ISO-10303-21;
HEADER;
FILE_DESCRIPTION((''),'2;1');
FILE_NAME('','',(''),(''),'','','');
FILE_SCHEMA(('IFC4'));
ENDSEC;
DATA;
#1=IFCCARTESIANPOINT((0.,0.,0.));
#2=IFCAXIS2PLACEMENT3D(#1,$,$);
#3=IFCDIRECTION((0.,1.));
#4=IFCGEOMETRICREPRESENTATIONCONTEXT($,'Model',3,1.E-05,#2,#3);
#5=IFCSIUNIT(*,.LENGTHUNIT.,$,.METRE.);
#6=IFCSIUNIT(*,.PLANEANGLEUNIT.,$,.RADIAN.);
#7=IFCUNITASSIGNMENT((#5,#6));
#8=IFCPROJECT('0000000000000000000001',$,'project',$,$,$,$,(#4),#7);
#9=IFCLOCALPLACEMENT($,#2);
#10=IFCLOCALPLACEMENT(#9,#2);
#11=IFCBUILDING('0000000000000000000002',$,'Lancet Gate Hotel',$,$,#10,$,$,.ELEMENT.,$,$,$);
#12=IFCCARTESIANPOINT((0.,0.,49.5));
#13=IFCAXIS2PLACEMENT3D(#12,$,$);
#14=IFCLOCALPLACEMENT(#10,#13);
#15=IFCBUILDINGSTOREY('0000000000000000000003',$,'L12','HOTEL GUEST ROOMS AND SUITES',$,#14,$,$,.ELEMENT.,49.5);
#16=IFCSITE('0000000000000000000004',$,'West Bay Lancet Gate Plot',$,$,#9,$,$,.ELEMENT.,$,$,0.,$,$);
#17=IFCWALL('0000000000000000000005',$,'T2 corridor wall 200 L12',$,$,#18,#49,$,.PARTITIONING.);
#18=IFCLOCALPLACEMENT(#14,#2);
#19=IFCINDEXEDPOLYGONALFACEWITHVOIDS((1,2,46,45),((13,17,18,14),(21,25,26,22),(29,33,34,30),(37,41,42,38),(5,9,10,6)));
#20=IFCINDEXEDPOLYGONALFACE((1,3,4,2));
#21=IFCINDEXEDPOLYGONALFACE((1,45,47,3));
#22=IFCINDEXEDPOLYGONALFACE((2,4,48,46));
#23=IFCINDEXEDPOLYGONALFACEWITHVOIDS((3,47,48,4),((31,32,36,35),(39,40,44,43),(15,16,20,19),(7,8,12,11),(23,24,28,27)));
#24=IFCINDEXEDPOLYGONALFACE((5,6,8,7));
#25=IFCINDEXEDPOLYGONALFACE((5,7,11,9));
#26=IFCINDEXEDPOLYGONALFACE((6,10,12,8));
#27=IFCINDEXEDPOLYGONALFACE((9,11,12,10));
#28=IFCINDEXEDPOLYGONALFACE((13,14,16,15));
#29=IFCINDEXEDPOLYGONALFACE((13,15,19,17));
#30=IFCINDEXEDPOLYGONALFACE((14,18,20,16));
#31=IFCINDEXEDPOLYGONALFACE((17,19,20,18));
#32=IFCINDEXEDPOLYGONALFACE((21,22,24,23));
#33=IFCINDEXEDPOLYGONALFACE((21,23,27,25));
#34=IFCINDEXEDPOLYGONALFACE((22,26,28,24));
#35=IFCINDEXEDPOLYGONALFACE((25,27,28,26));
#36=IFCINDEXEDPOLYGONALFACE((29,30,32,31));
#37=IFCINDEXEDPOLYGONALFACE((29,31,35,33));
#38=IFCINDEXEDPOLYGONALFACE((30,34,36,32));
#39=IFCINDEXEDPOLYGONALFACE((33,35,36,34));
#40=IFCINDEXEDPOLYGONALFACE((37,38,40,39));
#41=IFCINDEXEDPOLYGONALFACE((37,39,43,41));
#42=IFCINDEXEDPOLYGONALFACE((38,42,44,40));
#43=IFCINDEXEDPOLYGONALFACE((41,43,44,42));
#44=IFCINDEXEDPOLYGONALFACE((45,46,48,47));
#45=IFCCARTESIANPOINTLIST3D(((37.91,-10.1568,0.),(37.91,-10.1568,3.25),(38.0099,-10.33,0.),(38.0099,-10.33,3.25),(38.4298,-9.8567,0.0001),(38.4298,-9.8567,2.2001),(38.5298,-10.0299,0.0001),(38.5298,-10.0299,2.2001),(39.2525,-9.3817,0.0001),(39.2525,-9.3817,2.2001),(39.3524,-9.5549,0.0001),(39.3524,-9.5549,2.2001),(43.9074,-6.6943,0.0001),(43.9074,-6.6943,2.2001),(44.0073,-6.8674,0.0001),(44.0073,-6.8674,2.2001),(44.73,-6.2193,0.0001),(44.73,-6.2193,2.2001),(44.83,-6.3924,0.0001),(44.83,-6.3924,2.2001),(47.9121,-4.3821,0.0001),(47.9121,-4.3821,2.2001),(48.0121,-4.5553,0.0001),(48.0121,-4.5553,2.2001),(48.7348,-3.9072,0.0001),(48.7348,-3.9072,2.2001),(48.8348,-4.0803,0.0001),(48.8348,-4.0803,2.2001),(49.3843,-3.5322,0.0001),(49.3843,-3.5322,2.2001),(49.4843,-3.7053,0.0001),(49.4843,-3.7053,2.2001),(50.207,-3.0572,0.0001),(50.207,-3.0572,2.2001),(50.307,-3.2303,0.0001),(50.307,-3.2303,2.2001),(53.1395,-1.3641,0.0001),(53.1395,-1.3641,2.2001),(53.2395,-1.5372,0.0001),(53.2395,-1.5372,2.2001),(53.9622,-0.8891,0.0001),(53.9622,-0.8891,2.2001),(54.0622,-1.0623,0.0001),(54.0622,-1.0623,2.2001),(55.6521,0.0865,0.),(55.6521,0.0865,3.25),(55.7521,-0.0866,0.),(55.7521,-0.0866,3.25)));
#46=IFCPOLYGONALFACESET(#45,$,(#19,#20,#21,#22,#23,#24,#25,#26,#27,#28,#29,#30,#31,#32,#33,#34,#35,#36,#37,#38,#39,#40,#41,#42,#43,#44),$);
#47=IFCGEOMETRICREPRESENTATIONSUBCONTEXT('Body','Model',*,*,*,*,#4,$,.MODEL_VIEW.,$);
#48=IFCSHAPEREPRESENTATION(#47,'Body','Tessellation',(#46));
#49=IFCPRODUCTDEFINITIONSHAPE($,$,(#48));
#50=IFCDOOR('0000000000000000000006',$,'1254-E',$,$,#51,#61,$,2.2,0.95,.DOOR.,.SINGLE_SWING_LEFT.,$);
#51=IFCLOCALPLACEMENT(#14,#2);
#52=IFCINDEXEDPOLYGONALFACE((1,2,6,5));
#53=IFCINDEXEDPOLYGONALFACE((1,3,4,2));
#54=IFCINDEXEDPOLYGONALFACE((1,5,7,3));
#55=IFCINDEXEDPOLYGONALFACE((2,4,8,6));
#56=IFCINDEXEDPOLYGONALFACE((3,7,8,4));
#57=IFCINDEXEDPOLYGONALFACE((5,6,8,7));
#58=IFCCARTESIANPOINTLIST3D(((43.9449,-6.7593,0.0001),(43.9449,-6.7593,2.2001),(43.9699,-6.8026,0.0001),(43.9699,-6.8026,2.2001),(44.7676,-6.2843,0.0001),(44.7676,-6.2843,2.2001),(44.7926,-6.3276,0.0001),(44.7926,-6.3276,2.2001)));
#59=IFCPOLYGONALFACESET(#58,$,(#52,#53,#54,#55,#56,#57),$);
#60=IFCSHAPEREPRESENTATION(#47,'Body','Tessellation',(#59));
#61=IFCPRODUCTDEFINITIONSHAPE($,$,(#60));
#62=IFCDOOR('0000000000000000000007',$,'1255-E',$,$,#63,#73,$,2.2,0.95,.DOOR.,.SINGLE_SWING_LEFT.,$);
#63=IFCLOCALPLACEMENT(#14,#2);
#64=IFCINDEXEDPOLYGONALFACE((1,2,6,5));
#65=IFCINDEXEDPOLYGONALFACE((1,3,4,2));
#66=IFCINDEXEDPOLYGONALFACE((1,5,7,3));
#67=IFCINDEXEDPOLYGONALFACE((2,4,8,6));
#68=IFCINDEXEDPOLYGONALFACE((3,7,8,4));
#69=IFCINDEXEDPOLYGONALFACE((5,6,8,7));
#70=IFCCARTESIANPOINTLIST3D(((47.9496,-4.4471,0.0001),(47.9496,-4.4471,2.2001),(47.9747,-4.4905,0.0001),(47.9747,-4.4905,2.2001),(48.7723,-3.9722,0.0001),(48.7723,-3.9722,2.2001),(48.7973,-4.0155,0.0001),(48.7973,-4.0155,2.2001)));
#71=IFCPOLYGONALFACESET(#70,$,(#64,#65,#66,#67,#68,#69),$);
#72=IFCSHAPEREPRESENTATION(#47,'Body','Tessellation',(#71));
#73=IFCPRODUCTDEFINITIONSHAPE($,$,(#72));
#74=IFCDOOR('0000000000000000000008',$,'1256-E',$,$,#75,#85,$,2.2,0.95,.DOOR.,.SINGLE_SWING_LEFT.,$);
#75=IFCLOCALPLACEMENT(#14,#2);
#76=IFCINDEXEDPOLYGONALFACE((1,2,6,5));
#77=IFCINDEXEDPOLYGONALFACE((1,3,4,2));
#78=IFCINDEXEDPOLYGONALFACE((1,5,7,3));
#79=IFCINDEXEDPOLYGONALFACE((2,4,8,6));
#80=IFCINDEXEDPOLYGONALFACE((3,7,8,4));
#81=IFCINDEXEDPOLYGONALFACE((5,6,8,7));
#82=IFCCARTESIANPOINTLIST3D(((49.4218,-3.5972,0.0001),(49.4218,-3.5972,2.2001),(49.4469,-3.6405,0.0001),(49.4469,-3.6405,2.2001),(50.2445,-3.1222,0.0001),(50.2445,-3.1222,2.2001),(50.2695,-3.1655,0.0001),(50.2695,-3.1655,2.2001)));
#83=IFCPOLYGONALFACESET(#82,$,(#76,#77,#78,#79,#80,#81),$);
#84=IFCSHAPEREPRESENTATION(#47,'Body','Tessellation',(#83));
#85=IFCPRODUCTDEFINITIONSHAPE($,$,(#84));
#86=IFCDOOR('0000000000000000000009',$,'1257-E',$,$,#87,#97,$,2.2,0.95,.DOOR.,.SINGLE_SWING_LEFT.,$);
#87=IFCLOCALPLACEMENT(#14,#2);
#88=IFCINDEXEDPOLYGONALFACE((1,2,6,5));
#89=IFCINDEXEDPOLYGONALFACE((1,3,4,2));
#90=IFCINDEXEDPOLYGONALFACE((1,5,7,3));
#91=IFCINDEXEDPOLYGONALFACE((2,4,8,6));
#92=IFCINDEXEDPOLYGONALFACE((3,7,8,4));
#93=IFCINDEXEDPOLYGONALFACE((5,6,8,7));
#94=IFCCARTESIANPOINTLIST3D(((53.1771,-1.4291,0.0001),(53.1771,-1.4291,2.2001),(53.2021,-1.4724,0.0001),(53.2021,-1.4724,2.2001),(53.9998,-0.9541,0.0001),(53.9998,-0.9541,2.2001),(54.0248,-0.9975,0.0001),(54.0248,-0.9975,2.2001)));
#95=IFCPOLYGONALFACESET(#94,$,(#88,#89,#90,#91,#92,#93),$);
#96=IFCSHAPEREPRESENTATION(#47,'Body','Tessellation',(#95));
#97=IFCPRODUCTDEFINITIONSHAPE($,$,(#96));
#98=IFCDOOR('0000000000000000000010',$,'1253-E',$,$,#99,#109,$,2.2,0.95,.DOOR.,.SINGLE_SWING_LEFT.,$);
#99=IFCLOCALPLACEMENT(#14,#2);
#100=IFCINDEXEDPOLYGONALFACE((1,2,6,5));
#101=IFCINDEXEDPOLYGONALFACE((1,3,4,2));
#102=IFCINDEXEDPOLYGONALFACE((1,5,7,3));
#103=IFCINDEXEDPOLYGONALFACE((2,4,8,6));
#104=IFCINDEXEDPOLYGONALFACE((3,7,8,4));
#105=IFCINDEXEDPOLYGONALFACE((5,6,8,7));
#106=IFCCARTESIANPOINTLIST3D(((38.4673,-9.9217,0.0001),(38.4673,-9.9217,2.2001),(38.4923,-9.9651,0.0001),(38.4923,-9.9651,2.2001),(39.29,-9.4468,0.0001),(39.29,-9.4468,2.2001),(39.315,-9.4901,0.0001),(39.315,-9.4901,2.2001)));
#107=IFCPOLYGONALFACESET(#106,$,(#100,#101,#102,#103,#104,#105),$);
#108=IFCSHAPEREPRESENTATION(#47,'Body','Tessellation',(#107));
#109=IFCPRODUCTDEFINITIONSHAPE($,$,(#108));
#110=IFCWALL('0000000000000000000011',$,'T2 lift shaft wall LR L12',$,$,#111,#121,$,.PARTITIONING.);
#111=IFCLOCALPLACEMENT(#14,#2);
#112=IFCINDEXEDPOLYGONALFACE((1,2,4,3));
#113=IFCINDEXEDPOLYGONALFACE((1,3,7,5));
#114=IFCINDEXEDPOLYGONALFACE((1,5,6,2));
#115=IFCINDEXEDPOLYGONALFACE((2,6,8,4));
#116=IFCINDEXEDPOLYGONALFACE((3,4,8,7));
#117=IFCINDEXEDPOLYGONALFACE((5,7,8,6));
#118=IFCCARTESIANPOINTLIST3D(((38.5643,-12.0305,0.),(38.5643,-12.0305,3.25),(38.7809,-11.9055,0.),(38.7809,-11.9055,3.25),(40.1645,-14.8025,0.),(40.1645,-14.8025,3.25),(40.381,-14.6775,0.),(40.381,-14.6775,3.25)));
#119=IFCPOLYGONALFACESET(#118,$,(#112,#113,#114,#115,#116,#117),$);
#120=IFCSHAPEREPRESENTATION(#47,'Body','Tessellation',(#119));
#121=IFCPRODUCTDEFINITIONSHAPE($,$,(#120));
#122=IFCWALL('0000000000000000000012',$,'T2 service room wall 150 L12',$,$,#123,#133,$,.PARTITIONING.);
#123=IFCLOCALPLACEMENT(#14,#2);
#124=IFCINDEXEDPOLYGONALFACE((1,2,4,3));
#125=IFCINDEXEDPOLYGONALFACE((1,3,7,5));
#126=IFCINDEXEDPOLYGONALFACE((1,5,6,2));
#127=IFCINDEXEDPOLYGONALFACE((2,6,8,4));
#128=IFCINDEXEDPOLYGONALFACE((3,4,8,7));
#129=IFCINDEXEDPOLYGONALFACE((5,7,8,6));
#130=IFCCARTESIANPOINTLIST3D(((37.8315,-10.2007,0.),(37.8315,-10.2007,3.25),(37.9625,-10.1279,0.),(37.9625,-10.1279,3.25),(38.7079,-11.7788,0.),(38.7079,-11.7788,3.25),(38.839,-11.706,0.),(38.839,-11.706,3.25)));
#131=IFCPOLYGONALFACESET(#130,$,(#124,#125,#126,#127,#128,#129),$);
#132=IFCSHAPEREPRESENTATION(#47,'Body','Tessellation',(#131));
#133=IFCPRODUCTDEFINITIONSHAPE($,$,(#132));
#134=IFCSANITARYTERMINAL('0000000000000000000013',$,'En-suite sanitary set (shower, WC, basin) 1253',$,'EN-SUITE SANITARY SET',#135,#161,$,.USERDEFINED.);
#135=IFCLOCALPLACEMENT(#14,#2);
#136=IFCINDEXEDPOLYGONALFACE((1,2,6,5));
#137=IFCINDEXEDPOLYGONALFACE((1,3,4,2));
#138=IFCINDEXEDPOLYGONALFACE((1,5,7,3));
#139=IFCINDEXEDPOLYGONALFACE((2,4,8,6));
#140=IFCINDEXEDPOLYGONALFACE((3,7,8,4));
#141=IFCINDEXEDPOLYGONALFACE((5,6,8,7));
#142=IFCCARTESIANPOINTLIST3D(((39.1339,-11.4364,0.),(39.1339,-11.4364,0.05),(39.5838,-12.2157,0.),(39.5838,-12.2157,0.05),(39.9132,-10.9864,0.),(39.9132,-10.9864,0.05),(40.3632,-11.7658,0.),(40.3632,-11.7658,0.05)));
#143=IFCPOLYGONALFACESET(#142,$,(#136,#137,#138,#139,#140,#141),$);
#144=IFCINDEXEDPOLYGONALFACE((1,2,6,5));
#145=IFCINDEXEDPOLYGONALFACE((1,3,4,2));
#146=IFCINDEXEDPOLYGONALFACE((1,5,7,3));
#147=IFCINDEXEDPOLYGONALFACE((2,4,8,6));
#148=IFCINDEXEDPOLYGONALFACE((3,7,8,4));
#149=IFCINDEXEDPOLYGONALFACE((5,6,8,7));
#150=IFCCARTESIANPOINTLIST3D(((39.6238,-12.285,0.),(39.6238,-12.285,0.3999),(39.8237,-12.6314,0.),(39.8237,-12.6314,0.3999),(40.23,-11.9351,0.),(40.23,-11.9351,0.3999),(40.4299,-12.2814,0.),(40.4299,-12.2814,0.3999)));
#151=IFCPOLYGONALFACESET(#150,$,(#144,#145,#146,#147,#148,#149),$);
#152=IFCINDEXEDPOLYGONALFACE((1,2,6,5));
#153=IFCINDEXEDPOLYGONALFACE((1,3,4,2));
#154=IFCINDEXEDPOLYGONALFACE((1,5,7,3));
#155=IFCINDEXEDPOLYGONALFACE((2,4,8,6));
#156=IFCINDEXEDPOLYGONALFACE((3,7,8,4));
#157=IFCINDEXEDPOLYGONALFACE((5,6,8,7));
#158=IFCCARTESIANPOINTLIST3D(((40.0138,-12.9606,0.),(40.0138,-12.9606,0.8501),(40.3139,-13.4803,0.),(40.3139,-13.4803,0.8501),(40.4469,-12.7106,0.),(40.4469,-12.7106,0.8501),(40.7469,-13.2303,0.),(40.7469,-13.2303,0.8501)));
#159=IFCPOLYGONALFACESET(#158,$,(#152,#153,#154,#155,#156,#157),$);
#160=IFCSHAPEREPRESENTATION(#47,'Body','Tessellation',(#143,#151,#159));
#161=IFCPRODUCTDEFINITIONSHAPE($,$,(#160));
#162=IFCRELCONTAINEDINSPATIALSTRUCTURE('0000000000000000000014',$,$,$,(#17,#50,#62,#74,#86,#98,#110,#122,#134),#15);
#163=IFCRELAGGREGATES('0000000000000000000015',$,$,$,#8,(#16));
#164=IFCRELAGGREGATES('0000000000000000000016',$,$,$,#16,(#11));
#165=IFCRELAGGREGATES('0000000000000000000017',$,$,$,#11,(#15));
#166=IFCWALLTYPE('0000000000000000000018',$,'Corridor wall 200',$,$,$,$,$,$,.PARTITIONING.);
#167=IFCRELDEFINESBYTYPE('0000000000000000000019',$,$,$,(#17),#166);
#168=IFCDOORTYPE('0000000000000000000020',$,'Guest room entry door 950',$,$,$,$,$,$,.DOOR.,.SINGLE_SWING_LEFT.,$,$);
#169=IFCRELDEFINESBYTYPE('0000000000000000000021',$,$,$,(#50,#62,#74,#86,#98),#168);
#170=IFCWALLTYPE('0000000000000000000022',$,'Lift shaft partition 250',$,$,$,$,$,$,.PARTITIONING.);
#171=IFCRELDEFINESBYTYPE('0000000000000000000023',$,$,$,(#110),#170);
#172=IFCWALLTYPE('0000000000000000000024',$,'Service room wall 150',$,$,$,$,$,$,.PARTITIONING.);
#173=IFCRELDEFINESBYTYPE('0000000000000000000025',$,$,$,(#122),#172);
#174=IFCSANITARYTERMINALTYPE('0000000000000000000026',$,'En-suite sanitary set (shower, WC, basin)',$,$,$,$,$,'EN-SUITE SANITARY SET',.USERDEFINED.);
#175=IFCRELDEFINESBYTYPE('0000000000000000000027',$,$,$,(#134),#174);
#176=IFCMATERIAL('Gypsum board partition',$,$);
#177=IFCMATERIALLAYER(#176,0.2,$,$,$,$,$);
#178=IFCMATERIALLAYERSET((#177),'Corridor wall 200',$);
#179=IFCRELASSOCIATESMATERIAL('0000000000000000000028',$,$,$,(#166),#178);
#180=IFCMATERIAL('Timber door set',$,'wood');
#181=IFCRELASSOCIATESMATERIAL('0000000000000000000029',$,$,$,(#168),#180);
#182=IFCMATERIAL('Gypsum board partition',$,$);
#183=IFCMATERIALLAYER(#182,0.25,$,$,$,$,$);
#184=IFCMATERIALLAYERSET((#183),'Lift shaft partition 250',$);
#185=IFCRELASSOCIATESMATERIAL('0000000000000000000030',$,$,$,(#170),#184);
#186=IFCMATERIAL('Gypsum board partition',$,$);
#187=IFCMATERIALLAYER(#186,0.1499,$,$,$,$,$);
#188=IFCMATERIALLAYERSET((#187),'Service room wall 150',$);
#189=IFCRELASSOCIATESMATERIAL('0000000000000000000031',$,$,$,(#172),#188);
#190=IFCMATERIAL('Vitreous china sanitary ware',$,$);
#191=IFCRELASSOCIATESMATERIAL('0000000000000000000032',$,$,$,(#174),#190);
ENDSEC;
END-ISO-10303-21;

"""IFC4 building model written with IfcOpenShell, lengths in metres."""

from ifc_helpers import new_model, si_unit, direction, frame, frame_2d, origin, origin_2d, place, context, subcontext, project, spatial, rectangle, extrude, material, layer, layer_set, type_object, element, fill, save


model = new_model("IFC4")

# Units and contexts
model_context = context("Model", 3, precision=1e-05, world=origin(), true_north=direction((0.0, 1.0)))
body_context = subcontext(model_context, "Body", "Model", "MODEL_VIEW")
ifc_project = project(units=[si_unit("LENGTHUNIT", "METRE"), si_unit("PLANEANGLEUNIT", "RADIAN")], contexts=[model_context])

# Site, building, storey
site_placement = place(None, origin())
site = spatial("IfcSite", under=ifc_project, at=site_placement, Name="West Bay Lancet Gate Plot", CompositionType="ELEMENT", RefElevation=0.0)
building_placement = place(site_placement, origin())
building = spatial("IfcBuilding", under=site, at=building_placement, Name="Lancet Gate Hotel", CompositionType="ELEMENT")
storey_placement = place(building_placement, frame((0.0, 0.0, 49.5)))
storey = spatial("IfcBuildingStorey", under=building, at=storey_placement, Name="L12", Description="HOTEL GUEST ROOMS AND SUITES", CompositionType="ELEMENT", Elevation=49.5)

# Wall, openings, doors
ifc_material_1 = material(Name="Gypsum board partition")
ifc_layer_1 = layer(ifc_material_1, 0.2)
ifc_layer_set_1 = layer_set([ifc_layer_1], Name="Corridor wall 200")
wall_type_1 = type_object("IfcWallType", Name="Corridor wall 200", PredefinedType="PARTITIONING", material=ifc_layer_set_1)
wall_1_placement = place(storey_placement, frame((37.96, -10.2434, 0.0), z_axis=(0.0, 0.0, 1.0), x_axis=(0.866026, 0.499998, 0.0)))
wall_1 = element("IfcWall", 1, at=wall_1_placement, inside=storey, type_object=wall_type_1, Name="T2 corridor wall 200 L12", PredefinedType="PARTITIONING", context=body_context, shape_type="SweptSolid", body=[
    extrude(rectangle(XDim=20.4868, YDim=0.2, at=frame_2d((10.2434, 0.0))), origin(), (0.0, 0.0, 1.0), 3.25),
])
opening_1_placement = place(wall_1_placement, frame((6.925, 0.0, 0.0)))
opening_1 = element("IfcOpeningElement", 2, at=opening_1_placement, cuts=wall_1, PredefinedType="OPENING", context=body_context, shape_type="SweptSolid", body=[
    extrude(rectangle(XDim=0.95, YDim=2.2, at=frame_2d((0.4751, 1.1001))), frame((0.0, 0.1099, 0.0), z_axis=(0.0, -1.0, 0.0), x_axis=(1.0, 0.0, 0.0)), (0.0, 0.0, 1.0), 0.22),
])
opening_2_placement = place(wall_1_placement, frame((11.5493, 0.0, 0.0)))
opening_2 = element("IfcOpeningElement", 3, at=opening_2_placement, cuts=wall_1, PredefinedType="OPENING", context=body_context, shape_type="SweptSolid", body=[
    extrude(rectangle(XDim=0.95, YDim=2.2, at=frame_2d((0.4751, 1.1001))), frame((0.0, 0.1099, 0.0), z_axis=(0.0, -1.0, 0.0), x_axis=(1.0, 0.0, 0.0)), (0.0, 0.0, 1.0), 0.22),
])
opening_3_placement = place(wall_1_placement, frame((13.2493, 0.0, 0.0)))
opening_3 = element("IfcOpeningElement", 4, at=opening_3_placement, cuts=wall_1, PredefinedType="OPENING", context=body_context, shape_type="SweptSolid", body=[
    extrude(rectangle(XDim=0.95, YDim=2.2, at=frame_2d((0.4751, 1.1001))), frame((0.0, 0.1099, 0.0), z_axis=(0.0, -1.0, 0.0), x_axis=(1.0, 0.0, 0.0)), (0.0, 0.0, 1.0), 0.22),
])
opening_4_placement = place(wall_1_placement, frame((17.5854, 0.0, 0.0)))
opening_4 = element("IfcOpeningElement", 5, at=opening_4_placement, cuts=wall_1, PredefinedType="OPENING", context=body_context, shape_type="SweptSolid", body=[
    extrude(rectangle(XDim=0.95, YDim=2.2, at=frame_2d((0.4751, 1.1001))), frame((0.0, 0.1099, 0.0), z_axis=(0.0, -1.0, 0.0), x_axis=(1.0, 0.0, 0.0)), (0.0, 0.0, 1.0), 0.22),
])
opening_5_placement = place(wall_1_placement, frame((0.6001, 0.0, 0.0)))
opening_5 = element("IfcOpeningElement", 6, at=opening_5_placement, cuts=wall_1, PredefinedType="OPENING", context=body_context, shape_type="SweptSolid", body=[
    extrude(rectangle(XDim=0.95, YDim=2.2, at=frame_2d((0.4751, 1.1001))), frame((0.0, 0.1099, 0.0), z_axis=(0.0, -1.0, 0.0), x_axis=(1.0, 0.0, 0.0)), (0.0, 0.0, 1.0), 0.22),
])
ifc_material_2 = material(Name="Timber door set", Category="wood")
door_type_1 = type_object("IfcDoorType", Name="Guest room entry door 950", OperationType="SINGLE_SWING_LEFT", PredefinedType="DOOR", material=ifc_material_2)
door_1_placement = place(opening_1_placement, origin())
door_1 = element("IfcDoor", 7, at=door_1_placement, inside=storey, type_object=door_type_1, Name="1254-E", OperationType="SINGLE_SWING_LEFT", OverallHeight=2.2, OverallWidth=0.95, PredefinedType="DOOR", context=body_context, shape_type="SweptSolid", body=[
    extrude(rectangle(XDim=0.95, YDim=2.2, at=frame_2d((0.4751, 1.1001))), frame((0.0, 0.0249, 0.0), z_axis=(0.0, -1.0, 0.0), x_axis=(1.0, 0.0, 0.0)), (0.0, 0.0, 1.0), 0.05),
])
fill(opening_1, door_1)
door_2_placement = place(opening_2_placement, origin())
door_2 = element("IfcDoor", 8, at=door_2_placement, inside=storey, type_object=door_type_1, Name="1255-E", OperationType="SINGLE_SWING_LEFT", OverallHeight=2.2, OverallWidth=0.95, PredefinedType="DOOR", context=body_context, shape_type="SweptSolid", body=[
    extrude(rectangle(XDim=0.95, YDim=2.2, at=frame_2d((0.4751, 1.1001))), frame((0.0, 0.0249, 0.0), z_axis=(0.0, -1.0, 0.0), x_axis=(1.0, 0.0, 0.0)), (0.0, 0.0, 1.0), 0.05),
])
fill(opening_2, door_2)
door_3_placement = place(opening_3_placement, origin())
door_3 = element("IfcDoor", 9, at=door_3_placement, inside=storey, type_object=door_type_1, Name="1256-E", OperationType="SINGLE_SWING_LEFT", OverallHeight=2.2, OverallWidth=0.95, PredefinedType="DOOR", context=body_context, shape_type="SweptSolid", body=[
    extrude(rectangle(XDim=0.95, YDim=2.2, at=frame_2d((0.4751, 1.1001))), frame((0.0, 0.0249, 0.0), z_axis=(0.0, -1.0, 0.0), x_axis=(1.0, 0.0, 0.0)), (0.0, 0.0, 1.0), 0.05),
])
fill(opening_3, door_3)
door_4_placement = place(opening_4_placement, origin())
door_4 = element("IfcDoor", 10, at=door_4_placement, inside=storey, type_object=door_type_1, Name="1257-E", OperationType="SINGLE_SWING_LEFT", OverallHeight=2.2, OverallWidth=0.95, PredefinedType="DOOR", context=body_context, shape_type="SweptSolid", body=[
    extrude(rectangle(XDim=0.95, YDim=2.2, at=frame_2d((0.4751, 1.1001))), frame((0.0, 0.0249, 0.0), z_axis=(0.0, -1.0, 0.0), x_axis=(1.0, 0.0, 0.0)), (0.0, 0.0, 1.0), 0.05),
])
fill(opening_4, door_4)
door_5_placement = place(opening_5_placement, origin())
door_5 = element("IfcDoor", 11, at=door_5_placement, inside=storey, type_object=door_type_1, Name="1253-E", OperationType="SINGLE_SWING_LEFT", OverallHeight=2.2, OverallWidth=0.95, PredefinedType="DOOR", context=body_context, shape_type="SweptSolid", body=[
    extrude(rectangle(XDim=0.95, YDim=2.2, at=frame_2d((0.4751, 1.1001))), frame((0.0, 0.0249, 0.0), z_axis=(0.0, -1.0, 0.0), x_axis=(1.0, 0.0, 0.0)), (0.0, 0.0, 1.0), 0.05),
])
fill(opening_5, door_5)

# Walls
ifc_material_3 = material(Name="Gypsum board partition")
ifc_layer_2 = layer(ifc_material_3, 0.25)
ifc_layer_set_2 = layer_set([ifc_layer_2], Name="Lift shaft partition 250")
wall_type_2 = type_object("IfcWallType", Name="Lift shaft partition 250", PredefinedType="PARTITIONING", material=ifc_layer_set_2)
wall_2_placement = place(storey_placement, frame((38.6726, -11.968, 0.0), z_axis=(0.0, 0.0, 1.0), x_axis=(0.499929, -0.866066, 0.0)))
element("IfcWall", 12, at=wall_2_placement, inside=storey, type_object=wall_type_2, Name="T2 lift shaft wall LR L12", PredefinedType="PARTITIONING", context=body_context, shape_type="SweptSolid", body=[
    extrude(rectangle(XDim=3.2007, YDim=0.25, at=frame_2d((1.6003, 0.0))), origin(), (0.0, 0.0, 1.0), 3.25),
])
ifc_material_4 = material(Name="Gypsum board partition")
ifc_layer_3 = layer(ifc_material_4, 0.1499)
ifc_layer_set_3 = layer_set([ifc_layer_3], Name="Service room wall 150")
wall_type_3 = type_object("IfcWallType", Name="Service room wall 150", PredefinedType="PARTITIONING", material=ifc_layer_set_3)
wall_3_placement = place(storey_placement, frame((38.7734, -11.7424, 0.0), z_axis=(0.0, 0.0, 1.0), x_axis=(-0.485528, 0.874221, 0.0)))
element("IfcWall", 13, at=wall_3_placement, inside=storey, type_object=wall_type_3, Name="T2 service room wall 150 L12", PredefinedType="PARTITIONING", context=body_context, shape_type="SweptSolid", body=[
    extrude(rectangle(XDim=1.8052, YDim=0.1499, at=frame_2d((0.9026, 0.0))), origin(), (0.0, 0.0, 1.0), 3.25),
])

# Sanitary terminal
ifc_material_5 = material(Name="Vitreous china sanitary ware")
sanitary_terminal_type = type_object("IfcSanitaryTerminalType", Name="En-suite sanitary set (shower, WC, basin)", ElementType="EN-SUITE SANITARY SET", PredefinedType="USERDEFINED", material=ifc_material_5)
sanitary_terminal_placement = place(storey_placement, frame((39.7485, -11.6011, 0.0), z_axis=(0.0, 0.0, 1.0), x_axis=(1.0, 0.0, 0.0)))
element("IfcSanitaryTerminal", 14, at=sanitary_terminal_placement, inside=storey, type_object=sanitary_terminal_type, Name="En-suite sanitary set (shower, WC, basin) 1253", ObjectType="EN-SUITE SANITARY SET", PredefinedType="USERDEFINED", context=body_context, shape_type="SweptSolid", body=[
    extrude(rectangle(XDim=0.8999, YDim=0.8999, at=origin_2d()), frame((0.0, 0.0, 0.0), z_axis=(0.0, 0.0, 1.0), x_axis=(-0.5, 0.866025, 0.0)), (0.0, 0.0, 1.0), 0.05),
    extrude(rectangle(XDim=0.3999, YDim=0.7, at=origin_2d()), frame((0.2783, -0.6821, 0.0), z_axis=(0.0, 0.0, 1.0), x_axis=(-0.5, 0.866025, 0.0)), (0.0, 0.0, 1.0), 0.3999),
    extrude(rectangle(XDim=0.6001, YDim=0.5, at=origin_2d()), frame((0.6318, -1.4944, 0.0), z_axis=(0.0, 0.0, 1.0), x_axis=(-0.5, 0.866025, 0.0)), (0.0, 0.0, 1.0), 0.8501),
])

save(model, "model.ifc")
